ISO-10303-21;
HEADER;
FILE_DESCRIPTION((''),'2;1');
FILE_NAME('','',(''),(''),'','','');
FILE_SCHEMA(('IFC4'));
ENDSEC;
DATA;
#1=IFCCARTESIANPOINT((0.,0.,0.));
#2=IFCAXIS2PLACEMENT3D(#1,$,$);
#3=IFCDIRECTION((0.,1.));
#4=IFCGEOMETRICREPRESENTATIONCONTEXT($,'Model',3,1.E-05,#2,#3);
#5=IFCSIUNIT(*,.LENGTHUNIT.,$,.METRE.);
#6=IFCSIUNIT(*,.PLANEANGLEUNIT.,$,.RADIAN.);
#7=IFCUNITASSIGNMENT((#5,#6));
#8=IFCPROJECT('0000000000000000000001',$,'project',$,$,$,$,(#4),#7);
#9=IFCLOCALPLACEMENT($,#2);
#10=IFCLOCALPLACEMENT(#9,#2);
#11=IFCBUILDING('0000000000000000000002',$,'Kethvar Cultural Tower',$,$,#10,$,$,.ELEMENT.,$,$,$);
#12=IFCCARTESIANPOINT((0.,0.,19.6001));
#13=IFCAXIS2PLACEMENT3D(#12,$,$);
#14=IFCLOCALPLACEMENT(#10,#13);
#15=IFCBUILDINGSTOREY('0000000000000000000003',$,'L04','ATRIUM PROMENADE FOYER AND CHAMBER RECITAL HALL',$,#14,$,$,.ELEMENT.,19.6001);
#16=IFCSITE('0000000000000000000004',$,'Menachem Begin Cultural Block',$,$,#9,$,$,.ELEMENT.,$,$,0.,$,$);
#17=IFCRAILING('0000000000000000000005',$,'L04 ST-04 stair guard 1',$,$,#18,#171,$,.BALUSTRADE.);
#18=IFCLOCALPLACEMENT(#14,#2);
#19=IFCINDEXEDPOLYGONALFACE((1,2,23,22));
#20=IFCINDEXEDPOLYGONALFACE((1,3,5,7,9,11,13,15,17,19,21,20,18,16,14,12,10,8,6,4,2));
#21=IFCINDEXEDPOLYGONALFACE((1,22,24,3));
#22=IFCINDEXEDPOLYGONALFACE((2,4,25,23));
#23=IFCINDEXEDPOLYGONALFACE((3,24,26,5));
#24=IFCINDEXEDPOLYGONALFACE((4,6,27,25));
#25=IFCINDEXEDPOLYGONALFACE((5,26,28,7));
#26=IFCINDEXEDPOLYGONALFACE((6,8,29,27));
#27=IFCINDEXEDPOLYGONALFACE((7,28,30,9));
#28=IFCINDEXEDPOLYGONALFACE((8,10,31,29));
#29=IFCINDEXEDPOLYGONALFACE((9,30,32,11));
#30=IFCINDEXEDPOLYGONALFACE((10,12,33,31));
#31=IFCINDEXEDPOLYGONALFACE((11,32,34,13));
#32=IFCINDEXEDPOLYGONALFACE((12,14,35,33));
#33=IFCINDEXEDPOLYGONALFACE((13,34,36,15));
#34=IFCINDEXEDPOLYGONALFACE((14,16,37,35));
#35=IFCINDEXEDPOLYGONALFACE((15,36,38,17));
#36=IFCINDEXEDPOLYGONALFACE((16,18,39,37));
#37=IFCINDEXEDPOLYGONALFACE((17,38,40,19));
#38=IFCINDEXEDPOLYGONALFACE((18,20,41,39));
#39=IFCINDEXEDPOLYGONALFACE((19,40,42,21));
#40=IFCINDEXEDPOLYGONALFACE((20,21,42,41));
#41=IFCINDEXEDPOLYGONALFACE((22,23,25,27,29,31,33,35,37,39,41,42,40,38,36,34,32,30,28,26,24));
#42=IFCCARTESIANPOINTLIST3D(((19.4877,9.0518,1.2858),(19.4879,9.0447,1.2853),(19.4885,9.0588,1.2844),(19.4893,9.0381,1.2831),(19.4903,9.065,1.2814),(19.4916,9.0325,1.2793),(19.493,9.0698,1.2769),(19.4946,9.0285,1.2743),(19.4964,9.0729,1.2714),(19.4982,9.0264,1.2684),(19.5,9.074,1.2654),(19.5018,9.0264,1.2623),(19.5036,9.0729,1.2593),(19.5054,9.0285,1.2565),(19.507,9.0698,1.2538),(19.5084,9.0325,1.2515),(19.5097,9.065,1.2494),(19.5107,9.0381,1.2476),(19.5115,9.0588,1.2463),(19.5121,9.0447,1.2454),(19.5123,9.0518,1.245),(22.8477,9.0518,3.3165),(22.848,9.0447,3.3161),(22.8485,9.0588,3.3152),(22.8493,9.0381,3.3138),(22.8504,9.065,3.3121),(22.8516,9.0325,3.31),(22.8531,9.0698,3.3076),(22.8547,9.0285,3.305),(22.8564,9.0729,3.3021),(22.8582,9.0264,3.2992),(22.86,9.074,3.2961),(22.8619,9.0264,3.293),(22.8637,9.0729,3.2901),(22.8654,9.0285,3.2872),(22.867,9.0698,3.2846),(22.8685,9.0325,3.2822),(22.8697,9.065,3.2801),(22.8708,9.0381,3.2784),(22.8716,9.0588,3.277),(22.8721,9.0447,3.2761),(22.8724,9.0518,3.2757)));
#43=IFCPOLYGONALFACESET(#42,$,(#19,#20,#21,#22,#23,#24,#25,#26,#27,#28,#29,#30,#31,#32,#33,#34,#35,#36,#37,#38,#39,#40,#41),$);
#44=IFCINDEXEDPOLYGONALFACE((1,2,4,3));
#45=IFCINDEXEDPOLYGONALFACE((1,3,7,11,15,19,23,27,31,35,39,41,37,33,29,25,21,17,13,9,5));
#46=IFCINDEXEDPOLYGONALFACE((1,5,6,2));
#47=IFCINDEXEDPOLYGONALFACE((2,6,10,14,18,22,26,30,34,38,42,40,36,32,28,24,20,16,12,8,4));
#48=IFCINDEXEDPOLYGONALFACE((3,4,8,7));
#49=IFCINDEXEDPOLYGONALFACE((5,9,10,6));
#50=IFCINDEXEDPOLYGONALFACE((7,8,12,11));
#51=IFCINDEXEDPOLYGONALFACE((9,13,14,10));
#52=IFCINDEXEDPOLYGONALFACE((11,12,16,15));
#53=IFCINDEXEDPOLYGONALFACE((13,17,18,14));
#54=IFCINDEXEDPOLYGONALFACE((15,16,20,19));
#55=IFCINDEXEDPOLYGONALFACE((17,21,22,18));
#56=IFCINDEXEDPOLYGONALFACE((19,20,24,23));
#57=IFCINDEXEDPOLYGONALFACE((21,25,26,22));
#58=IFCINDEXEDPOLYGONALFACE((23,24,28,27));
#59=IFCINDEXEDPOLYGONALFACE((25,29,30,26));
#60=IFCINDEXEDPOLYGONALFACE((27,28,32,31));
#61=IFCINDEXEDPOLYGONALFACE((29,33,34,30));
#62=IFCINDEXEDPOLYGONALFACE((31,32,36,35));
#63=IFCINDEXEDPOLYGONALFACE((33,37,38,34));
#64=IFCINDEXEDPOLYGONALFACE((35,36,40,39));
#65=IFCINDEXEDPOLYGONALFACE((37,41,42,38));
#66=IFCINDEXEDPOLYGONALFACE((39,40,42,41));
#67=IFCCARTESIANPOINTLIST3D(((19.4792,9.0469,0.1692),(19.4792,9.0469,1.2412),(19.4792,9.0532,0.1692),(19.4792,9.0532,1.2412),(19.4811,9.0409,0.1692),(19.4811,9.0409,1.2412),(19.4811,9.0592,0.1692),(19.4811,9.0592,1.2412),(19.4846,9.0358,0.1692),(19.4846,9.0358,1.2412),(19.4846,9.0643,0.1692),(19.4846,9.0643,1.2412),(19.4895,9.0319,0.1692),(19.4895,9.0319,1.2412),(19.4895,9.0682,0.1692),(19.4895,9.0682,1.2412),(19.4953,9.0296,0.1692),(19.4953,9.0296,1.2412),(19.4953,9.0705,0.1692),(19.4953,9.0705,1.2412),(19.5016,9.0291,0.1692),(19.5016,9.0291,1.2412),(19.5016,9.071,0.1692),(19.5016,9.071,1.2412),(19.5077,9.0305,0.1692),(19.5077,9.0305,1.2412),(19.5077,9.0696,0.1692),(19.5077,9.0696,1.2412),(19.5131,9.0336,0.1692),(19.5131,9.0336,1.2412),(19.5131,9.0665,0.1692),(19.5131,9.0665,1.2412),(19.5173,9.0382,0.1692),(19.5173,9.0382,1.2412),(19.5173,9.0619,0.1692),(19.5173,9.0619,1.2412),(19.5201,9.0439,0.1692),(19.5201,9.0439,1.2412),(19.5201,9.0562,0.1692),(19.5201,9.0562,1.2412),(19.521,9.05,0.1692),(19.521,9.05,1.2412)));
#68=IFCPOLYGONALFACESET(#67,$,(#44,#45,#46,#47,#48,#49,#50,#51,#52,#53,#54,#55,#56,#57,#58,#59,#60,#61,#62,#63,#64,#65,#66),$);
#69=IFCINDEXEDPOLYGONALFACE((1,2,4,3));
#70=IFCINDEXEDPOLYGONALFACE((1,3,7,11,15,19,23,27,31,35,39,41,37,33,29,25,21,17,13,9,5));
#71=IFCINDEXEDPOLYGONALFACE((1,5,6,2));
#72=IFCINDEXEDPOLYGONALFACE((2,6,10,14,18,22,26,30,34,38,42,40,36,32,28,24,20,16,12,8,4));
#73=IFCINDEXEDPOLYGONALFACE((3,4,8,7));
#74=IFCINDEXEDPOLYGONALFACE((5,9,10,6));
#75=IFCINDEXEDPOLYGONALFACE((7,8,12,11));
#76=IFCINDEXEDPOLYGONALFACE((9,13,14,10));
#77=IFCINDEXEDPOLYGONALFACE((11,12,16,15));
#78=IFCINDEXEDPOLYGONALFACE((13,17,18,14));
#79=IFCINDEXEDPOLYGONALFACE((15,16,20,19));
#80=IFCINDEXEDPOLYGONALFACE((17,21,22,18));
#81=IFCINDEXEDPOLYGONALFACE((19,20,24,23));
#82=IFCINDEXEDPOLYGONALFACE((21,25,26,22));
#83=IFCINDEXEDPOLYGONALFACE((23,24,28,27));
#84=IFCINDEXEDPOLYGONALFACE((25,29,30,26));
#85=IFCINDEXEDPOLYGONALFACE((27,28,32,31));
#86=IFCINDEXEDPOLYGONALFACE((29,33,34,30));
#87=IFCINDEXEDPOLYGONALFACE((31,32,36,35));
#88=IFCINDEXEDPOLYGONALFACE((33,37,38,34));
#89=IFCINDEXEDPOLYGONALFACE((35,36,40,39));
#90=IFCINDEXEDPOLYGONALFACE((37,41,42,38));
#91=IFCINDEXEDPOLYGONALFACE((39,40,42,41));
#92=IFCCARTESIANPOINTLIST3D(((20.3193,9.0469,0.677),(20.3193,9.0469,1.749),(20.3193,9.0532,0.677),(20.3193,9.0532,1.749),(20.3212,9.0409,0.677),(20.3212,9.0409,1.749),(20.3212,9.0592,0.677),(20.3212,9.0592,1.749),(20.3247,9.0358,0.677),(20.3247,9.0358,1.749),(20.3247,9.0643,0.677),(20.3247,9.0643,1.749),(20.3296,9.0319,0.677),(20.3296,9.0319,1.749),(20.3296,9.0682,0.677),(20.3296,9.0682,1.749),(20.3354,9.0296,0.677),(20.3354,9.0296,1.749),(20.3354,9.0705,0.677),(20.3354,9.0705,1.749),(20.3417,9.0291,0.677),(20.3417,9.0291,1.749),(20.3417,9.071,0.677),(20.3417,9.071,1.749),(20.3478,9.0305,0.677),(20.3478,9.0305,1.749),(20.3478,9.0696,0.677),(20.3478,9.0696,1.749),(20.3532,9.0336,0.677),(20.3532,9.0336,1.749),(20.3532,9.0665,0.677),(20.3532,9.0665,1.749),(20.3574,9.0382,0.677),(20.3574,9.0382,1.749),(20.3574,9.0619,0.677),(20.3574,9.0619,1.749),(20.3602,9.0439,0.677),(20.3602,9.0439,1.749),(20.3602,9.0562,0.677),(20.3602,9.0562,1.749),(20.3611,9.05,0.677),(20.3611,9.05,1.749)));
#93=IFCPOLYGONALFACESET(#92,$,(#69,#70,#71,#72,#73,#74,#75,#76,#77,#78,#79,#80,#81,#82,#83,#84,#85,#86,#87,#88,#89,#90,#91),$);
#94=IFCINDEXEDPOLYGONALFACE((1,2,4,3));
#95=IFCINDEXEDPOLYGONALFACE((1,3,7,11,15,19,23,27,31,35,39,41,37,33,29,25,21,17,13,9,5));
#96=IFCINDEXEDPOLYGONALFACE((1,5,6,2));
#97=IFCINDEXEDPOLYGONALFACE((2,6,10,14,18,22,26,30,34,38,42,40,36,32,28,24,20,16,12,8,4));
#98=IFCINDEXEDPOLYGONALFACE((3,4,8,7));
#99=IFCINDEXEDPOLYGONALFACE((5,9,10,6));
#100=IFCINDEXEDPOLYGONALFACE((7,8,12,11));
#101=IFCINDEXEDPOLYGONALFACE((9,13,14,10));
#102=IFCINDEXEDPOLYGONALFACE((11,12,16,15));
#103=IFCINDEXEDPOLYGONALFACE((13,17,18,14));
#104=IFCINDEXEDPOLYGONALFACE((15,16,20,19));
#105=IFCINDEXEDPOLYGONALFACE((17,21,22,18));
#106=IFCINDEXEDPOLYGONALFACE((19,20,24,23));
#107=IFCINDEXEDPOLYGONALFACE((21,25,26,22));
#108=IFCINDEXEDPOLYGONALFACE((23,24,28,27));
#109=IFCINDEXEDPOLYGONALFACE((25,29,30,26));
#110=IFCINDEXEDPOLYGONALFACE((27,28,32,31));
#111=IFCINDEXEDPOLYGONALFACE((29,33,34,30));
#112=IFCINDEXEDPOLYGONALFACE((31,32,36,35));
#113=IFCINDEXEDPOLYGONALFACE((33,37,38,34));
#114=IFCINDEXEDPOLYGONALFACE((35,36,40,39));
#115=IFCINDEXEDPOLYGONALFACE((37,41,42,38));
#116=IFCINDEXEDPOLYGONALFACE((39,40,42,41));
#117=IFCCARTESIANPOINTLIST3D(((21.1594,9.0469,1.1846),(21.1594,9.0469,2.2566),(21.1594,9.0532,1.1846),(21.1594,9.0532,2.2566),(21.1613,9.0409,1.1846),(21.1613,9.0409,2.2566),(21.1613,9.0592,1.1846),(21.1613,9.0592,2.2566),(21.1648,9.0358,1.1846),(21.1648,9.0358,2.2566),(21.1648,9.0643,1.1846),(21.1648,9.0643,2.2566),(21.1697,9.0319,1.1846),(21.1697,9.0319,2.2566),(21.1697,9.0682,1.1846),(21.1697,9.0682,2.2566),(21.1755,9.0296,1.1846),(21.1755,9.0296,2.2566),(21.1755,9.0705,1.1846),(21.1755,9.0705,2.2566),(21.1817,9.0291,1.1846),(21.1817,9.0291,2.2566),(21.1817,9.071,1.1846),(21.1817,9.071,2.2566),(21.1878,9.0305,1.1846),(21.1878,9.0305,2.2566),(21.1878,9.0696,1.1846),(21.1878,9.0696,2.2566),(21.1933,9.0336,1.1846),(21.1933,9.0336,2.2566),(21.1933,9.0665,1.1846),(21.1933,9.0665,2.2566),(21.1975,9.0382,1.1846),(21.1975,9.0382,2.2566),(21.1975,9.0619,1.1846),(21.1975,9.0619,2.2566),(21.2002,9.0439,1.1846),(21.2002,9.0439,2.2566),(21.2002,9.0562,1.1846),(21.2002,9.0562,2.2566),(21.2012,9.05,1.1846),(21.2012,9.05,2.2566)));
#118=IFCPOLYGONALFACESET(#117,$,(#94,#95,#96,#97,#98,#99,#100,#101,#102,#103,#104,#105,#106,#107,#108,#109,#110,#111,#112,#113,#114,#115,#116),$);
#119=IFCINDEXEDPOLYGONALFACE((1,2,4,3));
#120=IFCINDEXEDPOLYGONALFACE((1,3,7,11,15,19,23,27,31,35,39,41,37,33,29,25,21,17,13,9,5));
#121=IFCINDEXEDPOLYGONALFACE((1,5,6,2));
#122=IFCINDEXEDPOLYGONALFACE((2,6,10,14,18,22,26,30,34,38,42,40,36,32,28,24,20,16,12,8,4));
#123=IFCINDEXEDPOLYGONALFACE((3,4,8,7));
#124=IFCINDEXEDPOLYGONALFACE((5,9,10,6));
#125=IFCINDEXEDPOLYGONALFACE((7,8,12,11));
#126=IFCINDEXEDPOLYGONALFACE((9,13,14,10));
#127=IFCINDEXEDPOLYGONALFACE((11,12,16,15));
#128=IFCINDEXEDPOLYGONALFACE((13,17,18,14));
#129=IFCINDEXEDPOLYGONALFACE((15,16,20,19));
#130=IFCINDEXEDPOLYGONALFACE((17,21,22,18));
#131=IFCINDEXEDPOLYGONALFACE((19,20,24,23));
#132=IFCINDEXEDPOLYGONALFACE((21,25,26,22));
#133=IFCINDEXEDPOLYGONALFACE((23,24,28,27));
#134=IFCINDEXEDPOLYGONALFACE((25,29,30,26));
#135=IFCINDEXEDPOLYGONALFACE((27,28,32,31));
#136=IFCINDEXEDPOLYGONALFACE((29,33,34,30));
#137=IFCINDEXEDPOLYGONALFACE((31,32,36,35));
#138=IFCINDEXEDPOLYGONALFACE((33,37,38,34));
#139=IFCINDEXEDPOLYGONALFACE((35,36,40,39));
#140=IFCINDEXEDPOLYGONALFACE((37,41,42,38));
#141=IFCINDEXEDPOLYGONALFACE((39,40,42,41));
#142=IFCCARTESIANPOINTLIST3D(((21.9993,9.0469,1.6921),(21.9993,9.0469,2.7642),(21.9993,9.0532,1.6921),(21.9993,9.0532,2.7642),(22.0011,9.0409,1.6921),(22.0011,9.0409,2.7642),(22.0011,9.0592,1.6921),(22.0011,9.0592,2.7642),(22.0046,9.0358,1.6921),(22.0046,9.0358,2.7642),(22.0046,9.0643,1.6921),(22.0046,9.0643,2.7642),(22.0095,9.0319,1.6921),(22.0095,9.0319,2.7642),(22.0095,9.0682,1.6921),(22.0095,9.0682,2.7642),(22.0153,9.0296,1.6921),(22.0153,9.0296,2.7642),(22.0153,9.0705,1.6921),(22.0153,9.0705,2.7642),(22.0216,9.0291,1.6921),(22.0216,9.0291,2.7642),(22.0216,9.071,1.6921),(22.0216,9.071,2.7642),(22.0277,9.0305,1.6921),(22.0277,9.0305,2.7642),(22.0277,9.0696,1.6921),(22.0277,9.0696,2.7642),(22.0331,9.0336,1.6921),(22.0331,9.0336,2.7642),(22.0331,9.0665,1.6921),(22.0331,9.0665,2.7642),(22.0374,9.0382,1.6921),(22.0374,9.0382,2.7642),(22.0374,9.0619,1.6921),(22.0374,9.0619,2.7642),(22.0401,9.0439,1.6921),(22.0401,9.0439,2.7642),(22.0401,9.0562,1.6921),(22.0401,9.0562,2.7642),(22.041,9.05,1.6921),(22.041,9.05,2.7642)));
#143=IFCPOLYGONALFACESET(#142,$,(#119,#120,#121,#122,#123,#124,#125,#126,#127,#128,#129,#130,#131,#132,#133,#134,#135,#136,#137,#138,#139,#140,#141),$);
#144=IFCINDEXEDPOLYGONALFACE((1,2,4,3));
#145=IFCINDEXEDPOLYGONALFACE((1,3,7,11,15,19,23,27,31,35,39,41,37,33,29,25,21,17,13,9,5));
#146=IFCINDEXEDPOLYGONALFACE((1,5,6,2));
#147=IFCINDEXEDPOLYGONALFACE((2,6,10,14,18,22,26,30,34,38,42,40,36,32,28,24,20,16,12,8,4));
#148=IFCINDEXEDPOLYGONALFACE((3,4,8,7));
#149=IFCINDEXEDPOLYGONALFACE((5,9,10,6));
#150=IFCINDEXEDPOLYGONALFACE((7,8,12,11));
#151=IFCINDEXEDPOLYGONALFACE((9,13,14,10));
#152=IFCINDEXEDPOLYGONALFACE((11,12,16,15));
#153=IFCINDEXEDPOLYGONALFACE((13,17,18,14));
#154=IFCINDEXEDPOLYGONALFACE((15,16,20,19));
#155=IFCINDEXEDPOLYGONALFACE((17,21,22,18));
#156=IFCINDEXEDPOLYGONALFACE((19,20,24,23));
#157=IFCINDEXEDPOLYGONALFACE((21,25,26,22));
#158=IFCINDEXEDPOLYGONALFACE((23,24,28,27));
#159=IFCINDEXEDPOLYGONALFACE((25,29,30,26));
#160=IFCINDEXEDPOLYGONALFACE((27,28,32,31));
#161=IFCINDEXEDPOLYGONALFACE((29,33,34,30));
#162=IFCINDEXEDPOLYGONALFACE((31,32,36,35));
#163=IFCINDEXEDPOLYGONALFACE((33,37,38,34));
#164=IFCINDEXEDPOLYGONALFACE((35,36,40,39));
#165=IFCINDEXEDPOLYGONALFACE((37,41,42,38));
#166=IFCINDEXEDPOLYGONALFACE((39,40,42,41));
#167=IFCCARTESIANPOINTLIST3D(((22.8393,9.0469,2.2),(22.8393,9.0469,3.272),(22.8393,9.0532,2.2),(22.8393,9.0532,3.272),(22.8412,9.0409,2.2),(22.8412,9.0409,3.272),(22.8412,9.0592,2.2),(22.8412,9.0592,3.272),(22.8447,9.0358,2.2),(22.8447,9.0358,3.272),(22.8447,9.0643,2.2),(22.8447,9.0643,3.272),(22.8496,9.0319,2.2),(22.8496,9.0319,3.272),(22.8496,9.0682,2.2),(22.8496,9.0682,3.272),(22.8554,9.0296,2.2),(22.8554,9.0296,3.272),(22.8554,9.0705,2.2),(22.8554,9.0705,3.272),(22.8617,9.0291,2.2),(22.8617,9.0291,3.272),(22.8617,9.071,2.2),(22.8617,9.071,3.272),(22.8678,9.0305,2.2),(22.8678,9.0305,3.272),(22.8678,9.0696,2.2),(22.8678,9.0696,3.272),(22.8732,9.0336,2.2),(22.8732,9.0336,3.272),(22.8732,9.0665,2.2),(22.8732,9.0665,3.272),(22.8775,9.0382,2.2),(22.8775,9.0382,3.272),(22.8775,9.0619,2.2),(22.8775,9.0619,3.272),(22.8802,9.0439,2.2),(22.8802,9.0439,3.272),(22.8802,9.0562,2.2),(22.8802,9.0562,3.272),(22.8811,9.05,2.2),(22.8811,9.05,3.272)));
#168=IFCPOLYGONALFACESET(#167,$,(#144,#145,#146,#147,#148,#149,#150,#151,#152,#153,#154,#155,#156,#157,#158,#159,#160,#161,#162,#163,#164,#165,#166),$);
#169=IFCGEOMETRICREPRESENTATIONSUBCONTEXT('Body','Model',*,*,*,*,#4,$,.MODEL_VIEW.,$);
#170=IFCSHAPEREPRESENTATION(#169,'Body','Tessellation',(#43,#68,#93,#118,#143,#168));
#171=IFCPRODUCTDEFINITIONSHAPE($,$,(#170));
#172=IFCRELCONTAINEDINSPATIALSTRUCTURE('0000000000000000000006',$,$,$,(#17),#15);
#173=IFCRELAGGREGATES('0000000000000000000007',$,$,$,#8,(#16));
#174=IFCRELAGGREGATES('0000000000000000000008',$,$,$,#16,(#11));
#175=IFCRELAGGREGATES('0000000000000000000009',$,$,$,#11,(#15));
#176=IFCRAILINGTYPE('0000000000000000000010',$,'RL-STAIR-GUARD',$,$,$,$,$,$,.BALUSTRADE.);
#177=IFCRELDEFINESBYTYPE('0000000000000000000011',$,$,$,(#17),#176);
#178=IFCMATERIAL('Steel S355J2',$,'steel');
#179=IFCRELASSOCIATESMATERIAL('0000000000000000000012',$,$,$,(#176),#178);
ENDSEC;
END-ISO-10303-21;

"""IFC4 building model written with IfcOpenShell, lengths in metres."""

from ifc_helpers import new_model, si_unit, direction, frame, origin, origin_2d, place, context, subcontext, project, spatial, circle, extrude, material, type_object, element, save


model = new_model("IFC4")

# Units and contexts
model_context = context("Model", 3, precision=1e-05, world=origin(), true_north=direction((0.0, 1.0)))
body_context = subcontext(model_context, "Body", "Model", "MODEL_VIEW")
ifc_project = project(units=[si_unit("LENGTHUNIT", "METRE"), si_unit("PLANEANGLEUNIT", "RADIAN")], contexts=[model_context])

# Site, building, storey
site_placement = place(None, origin())
site = spatial("IfcSite", under=ifc_project, at=site_placement, Name="Menachem Begin Cultural Block", CompositionType="ELEMENT", RefElevation=0.0)
building_placement = place(site_placement, origin())
building = spatial("IfcBuilding", under=site, at=building_placement, Name="Kethvar Cultural Tower", CompositionType="ELEMENT")
storey_placement = place(building_placement, frame((0.0, 0.0, 19.6001)))
storey = spatial("IfcBuildingStorey", under=building, at=storey_placement, Name="L04", Description="ATRIUM PROMENADE FOYER AND CHAMBER RECITAL HALL", CompositionType="ELEMENT", Elevation=19.6001)

# Shared definitions
ifc_material_1 = material(Name="Steel S355J2", Category="steel")

# Railing
railing_type_1 = type_object("IfcRailingType", Name="RL-STAIR-GUARD", PredefinedType="BALUSTRADE", material=ifc_material_1)
railing_1_placement = place(storey_placement, frame((19.5, 9.05, 0.1692)))
element("IfcRailing", 1, at=railing_1_placement, inside=storey, type_object=railing_type_1, Name="L04 ST-04 stair guard 1", PredefinedType="BALUSTRADE", context=body_context, shape_type="SweptSolid", body=[
    extrude(circle(Radius=0.0239, at=origin_2d()), frame((0.0, 0.0, 1.0962), z_axis=(0.855837, 0.0, 0.517246), x_axis=(0.0, 1.0, 0.0)), (0.0, 0.0, 1.0), 3.926),
    extrude(circle(Radius=0.021, at=origin_2d()), origin(), (0.0, 0.0, 1.0), 1.072),
    extrude(circle(Radius=0.021, at=origin_2d()), frame((0.8401, 0.0, 0.5078)), (0.0, 0.0, 1.0), 1.072),
    extrude(circle(Radius=0.021, at=origin_2d()), frame((1.6802, 0.0, 1.0154)), (0.0, 0.0, 1.0), 1.072),
    extrude(circle(Radius=0.021, at=origin_2d()), frame((2.52, 0.0, 1.5229)), (0.0, 0.0, 1.0), 1.072),
    extrude(circle(Radius=0.021, at=origin_2d()), frame((3.3601, 0.0, 2.0308)), (0.0, 0.0, 1.0), 1.072),
])

save(model, "model.ifc")
